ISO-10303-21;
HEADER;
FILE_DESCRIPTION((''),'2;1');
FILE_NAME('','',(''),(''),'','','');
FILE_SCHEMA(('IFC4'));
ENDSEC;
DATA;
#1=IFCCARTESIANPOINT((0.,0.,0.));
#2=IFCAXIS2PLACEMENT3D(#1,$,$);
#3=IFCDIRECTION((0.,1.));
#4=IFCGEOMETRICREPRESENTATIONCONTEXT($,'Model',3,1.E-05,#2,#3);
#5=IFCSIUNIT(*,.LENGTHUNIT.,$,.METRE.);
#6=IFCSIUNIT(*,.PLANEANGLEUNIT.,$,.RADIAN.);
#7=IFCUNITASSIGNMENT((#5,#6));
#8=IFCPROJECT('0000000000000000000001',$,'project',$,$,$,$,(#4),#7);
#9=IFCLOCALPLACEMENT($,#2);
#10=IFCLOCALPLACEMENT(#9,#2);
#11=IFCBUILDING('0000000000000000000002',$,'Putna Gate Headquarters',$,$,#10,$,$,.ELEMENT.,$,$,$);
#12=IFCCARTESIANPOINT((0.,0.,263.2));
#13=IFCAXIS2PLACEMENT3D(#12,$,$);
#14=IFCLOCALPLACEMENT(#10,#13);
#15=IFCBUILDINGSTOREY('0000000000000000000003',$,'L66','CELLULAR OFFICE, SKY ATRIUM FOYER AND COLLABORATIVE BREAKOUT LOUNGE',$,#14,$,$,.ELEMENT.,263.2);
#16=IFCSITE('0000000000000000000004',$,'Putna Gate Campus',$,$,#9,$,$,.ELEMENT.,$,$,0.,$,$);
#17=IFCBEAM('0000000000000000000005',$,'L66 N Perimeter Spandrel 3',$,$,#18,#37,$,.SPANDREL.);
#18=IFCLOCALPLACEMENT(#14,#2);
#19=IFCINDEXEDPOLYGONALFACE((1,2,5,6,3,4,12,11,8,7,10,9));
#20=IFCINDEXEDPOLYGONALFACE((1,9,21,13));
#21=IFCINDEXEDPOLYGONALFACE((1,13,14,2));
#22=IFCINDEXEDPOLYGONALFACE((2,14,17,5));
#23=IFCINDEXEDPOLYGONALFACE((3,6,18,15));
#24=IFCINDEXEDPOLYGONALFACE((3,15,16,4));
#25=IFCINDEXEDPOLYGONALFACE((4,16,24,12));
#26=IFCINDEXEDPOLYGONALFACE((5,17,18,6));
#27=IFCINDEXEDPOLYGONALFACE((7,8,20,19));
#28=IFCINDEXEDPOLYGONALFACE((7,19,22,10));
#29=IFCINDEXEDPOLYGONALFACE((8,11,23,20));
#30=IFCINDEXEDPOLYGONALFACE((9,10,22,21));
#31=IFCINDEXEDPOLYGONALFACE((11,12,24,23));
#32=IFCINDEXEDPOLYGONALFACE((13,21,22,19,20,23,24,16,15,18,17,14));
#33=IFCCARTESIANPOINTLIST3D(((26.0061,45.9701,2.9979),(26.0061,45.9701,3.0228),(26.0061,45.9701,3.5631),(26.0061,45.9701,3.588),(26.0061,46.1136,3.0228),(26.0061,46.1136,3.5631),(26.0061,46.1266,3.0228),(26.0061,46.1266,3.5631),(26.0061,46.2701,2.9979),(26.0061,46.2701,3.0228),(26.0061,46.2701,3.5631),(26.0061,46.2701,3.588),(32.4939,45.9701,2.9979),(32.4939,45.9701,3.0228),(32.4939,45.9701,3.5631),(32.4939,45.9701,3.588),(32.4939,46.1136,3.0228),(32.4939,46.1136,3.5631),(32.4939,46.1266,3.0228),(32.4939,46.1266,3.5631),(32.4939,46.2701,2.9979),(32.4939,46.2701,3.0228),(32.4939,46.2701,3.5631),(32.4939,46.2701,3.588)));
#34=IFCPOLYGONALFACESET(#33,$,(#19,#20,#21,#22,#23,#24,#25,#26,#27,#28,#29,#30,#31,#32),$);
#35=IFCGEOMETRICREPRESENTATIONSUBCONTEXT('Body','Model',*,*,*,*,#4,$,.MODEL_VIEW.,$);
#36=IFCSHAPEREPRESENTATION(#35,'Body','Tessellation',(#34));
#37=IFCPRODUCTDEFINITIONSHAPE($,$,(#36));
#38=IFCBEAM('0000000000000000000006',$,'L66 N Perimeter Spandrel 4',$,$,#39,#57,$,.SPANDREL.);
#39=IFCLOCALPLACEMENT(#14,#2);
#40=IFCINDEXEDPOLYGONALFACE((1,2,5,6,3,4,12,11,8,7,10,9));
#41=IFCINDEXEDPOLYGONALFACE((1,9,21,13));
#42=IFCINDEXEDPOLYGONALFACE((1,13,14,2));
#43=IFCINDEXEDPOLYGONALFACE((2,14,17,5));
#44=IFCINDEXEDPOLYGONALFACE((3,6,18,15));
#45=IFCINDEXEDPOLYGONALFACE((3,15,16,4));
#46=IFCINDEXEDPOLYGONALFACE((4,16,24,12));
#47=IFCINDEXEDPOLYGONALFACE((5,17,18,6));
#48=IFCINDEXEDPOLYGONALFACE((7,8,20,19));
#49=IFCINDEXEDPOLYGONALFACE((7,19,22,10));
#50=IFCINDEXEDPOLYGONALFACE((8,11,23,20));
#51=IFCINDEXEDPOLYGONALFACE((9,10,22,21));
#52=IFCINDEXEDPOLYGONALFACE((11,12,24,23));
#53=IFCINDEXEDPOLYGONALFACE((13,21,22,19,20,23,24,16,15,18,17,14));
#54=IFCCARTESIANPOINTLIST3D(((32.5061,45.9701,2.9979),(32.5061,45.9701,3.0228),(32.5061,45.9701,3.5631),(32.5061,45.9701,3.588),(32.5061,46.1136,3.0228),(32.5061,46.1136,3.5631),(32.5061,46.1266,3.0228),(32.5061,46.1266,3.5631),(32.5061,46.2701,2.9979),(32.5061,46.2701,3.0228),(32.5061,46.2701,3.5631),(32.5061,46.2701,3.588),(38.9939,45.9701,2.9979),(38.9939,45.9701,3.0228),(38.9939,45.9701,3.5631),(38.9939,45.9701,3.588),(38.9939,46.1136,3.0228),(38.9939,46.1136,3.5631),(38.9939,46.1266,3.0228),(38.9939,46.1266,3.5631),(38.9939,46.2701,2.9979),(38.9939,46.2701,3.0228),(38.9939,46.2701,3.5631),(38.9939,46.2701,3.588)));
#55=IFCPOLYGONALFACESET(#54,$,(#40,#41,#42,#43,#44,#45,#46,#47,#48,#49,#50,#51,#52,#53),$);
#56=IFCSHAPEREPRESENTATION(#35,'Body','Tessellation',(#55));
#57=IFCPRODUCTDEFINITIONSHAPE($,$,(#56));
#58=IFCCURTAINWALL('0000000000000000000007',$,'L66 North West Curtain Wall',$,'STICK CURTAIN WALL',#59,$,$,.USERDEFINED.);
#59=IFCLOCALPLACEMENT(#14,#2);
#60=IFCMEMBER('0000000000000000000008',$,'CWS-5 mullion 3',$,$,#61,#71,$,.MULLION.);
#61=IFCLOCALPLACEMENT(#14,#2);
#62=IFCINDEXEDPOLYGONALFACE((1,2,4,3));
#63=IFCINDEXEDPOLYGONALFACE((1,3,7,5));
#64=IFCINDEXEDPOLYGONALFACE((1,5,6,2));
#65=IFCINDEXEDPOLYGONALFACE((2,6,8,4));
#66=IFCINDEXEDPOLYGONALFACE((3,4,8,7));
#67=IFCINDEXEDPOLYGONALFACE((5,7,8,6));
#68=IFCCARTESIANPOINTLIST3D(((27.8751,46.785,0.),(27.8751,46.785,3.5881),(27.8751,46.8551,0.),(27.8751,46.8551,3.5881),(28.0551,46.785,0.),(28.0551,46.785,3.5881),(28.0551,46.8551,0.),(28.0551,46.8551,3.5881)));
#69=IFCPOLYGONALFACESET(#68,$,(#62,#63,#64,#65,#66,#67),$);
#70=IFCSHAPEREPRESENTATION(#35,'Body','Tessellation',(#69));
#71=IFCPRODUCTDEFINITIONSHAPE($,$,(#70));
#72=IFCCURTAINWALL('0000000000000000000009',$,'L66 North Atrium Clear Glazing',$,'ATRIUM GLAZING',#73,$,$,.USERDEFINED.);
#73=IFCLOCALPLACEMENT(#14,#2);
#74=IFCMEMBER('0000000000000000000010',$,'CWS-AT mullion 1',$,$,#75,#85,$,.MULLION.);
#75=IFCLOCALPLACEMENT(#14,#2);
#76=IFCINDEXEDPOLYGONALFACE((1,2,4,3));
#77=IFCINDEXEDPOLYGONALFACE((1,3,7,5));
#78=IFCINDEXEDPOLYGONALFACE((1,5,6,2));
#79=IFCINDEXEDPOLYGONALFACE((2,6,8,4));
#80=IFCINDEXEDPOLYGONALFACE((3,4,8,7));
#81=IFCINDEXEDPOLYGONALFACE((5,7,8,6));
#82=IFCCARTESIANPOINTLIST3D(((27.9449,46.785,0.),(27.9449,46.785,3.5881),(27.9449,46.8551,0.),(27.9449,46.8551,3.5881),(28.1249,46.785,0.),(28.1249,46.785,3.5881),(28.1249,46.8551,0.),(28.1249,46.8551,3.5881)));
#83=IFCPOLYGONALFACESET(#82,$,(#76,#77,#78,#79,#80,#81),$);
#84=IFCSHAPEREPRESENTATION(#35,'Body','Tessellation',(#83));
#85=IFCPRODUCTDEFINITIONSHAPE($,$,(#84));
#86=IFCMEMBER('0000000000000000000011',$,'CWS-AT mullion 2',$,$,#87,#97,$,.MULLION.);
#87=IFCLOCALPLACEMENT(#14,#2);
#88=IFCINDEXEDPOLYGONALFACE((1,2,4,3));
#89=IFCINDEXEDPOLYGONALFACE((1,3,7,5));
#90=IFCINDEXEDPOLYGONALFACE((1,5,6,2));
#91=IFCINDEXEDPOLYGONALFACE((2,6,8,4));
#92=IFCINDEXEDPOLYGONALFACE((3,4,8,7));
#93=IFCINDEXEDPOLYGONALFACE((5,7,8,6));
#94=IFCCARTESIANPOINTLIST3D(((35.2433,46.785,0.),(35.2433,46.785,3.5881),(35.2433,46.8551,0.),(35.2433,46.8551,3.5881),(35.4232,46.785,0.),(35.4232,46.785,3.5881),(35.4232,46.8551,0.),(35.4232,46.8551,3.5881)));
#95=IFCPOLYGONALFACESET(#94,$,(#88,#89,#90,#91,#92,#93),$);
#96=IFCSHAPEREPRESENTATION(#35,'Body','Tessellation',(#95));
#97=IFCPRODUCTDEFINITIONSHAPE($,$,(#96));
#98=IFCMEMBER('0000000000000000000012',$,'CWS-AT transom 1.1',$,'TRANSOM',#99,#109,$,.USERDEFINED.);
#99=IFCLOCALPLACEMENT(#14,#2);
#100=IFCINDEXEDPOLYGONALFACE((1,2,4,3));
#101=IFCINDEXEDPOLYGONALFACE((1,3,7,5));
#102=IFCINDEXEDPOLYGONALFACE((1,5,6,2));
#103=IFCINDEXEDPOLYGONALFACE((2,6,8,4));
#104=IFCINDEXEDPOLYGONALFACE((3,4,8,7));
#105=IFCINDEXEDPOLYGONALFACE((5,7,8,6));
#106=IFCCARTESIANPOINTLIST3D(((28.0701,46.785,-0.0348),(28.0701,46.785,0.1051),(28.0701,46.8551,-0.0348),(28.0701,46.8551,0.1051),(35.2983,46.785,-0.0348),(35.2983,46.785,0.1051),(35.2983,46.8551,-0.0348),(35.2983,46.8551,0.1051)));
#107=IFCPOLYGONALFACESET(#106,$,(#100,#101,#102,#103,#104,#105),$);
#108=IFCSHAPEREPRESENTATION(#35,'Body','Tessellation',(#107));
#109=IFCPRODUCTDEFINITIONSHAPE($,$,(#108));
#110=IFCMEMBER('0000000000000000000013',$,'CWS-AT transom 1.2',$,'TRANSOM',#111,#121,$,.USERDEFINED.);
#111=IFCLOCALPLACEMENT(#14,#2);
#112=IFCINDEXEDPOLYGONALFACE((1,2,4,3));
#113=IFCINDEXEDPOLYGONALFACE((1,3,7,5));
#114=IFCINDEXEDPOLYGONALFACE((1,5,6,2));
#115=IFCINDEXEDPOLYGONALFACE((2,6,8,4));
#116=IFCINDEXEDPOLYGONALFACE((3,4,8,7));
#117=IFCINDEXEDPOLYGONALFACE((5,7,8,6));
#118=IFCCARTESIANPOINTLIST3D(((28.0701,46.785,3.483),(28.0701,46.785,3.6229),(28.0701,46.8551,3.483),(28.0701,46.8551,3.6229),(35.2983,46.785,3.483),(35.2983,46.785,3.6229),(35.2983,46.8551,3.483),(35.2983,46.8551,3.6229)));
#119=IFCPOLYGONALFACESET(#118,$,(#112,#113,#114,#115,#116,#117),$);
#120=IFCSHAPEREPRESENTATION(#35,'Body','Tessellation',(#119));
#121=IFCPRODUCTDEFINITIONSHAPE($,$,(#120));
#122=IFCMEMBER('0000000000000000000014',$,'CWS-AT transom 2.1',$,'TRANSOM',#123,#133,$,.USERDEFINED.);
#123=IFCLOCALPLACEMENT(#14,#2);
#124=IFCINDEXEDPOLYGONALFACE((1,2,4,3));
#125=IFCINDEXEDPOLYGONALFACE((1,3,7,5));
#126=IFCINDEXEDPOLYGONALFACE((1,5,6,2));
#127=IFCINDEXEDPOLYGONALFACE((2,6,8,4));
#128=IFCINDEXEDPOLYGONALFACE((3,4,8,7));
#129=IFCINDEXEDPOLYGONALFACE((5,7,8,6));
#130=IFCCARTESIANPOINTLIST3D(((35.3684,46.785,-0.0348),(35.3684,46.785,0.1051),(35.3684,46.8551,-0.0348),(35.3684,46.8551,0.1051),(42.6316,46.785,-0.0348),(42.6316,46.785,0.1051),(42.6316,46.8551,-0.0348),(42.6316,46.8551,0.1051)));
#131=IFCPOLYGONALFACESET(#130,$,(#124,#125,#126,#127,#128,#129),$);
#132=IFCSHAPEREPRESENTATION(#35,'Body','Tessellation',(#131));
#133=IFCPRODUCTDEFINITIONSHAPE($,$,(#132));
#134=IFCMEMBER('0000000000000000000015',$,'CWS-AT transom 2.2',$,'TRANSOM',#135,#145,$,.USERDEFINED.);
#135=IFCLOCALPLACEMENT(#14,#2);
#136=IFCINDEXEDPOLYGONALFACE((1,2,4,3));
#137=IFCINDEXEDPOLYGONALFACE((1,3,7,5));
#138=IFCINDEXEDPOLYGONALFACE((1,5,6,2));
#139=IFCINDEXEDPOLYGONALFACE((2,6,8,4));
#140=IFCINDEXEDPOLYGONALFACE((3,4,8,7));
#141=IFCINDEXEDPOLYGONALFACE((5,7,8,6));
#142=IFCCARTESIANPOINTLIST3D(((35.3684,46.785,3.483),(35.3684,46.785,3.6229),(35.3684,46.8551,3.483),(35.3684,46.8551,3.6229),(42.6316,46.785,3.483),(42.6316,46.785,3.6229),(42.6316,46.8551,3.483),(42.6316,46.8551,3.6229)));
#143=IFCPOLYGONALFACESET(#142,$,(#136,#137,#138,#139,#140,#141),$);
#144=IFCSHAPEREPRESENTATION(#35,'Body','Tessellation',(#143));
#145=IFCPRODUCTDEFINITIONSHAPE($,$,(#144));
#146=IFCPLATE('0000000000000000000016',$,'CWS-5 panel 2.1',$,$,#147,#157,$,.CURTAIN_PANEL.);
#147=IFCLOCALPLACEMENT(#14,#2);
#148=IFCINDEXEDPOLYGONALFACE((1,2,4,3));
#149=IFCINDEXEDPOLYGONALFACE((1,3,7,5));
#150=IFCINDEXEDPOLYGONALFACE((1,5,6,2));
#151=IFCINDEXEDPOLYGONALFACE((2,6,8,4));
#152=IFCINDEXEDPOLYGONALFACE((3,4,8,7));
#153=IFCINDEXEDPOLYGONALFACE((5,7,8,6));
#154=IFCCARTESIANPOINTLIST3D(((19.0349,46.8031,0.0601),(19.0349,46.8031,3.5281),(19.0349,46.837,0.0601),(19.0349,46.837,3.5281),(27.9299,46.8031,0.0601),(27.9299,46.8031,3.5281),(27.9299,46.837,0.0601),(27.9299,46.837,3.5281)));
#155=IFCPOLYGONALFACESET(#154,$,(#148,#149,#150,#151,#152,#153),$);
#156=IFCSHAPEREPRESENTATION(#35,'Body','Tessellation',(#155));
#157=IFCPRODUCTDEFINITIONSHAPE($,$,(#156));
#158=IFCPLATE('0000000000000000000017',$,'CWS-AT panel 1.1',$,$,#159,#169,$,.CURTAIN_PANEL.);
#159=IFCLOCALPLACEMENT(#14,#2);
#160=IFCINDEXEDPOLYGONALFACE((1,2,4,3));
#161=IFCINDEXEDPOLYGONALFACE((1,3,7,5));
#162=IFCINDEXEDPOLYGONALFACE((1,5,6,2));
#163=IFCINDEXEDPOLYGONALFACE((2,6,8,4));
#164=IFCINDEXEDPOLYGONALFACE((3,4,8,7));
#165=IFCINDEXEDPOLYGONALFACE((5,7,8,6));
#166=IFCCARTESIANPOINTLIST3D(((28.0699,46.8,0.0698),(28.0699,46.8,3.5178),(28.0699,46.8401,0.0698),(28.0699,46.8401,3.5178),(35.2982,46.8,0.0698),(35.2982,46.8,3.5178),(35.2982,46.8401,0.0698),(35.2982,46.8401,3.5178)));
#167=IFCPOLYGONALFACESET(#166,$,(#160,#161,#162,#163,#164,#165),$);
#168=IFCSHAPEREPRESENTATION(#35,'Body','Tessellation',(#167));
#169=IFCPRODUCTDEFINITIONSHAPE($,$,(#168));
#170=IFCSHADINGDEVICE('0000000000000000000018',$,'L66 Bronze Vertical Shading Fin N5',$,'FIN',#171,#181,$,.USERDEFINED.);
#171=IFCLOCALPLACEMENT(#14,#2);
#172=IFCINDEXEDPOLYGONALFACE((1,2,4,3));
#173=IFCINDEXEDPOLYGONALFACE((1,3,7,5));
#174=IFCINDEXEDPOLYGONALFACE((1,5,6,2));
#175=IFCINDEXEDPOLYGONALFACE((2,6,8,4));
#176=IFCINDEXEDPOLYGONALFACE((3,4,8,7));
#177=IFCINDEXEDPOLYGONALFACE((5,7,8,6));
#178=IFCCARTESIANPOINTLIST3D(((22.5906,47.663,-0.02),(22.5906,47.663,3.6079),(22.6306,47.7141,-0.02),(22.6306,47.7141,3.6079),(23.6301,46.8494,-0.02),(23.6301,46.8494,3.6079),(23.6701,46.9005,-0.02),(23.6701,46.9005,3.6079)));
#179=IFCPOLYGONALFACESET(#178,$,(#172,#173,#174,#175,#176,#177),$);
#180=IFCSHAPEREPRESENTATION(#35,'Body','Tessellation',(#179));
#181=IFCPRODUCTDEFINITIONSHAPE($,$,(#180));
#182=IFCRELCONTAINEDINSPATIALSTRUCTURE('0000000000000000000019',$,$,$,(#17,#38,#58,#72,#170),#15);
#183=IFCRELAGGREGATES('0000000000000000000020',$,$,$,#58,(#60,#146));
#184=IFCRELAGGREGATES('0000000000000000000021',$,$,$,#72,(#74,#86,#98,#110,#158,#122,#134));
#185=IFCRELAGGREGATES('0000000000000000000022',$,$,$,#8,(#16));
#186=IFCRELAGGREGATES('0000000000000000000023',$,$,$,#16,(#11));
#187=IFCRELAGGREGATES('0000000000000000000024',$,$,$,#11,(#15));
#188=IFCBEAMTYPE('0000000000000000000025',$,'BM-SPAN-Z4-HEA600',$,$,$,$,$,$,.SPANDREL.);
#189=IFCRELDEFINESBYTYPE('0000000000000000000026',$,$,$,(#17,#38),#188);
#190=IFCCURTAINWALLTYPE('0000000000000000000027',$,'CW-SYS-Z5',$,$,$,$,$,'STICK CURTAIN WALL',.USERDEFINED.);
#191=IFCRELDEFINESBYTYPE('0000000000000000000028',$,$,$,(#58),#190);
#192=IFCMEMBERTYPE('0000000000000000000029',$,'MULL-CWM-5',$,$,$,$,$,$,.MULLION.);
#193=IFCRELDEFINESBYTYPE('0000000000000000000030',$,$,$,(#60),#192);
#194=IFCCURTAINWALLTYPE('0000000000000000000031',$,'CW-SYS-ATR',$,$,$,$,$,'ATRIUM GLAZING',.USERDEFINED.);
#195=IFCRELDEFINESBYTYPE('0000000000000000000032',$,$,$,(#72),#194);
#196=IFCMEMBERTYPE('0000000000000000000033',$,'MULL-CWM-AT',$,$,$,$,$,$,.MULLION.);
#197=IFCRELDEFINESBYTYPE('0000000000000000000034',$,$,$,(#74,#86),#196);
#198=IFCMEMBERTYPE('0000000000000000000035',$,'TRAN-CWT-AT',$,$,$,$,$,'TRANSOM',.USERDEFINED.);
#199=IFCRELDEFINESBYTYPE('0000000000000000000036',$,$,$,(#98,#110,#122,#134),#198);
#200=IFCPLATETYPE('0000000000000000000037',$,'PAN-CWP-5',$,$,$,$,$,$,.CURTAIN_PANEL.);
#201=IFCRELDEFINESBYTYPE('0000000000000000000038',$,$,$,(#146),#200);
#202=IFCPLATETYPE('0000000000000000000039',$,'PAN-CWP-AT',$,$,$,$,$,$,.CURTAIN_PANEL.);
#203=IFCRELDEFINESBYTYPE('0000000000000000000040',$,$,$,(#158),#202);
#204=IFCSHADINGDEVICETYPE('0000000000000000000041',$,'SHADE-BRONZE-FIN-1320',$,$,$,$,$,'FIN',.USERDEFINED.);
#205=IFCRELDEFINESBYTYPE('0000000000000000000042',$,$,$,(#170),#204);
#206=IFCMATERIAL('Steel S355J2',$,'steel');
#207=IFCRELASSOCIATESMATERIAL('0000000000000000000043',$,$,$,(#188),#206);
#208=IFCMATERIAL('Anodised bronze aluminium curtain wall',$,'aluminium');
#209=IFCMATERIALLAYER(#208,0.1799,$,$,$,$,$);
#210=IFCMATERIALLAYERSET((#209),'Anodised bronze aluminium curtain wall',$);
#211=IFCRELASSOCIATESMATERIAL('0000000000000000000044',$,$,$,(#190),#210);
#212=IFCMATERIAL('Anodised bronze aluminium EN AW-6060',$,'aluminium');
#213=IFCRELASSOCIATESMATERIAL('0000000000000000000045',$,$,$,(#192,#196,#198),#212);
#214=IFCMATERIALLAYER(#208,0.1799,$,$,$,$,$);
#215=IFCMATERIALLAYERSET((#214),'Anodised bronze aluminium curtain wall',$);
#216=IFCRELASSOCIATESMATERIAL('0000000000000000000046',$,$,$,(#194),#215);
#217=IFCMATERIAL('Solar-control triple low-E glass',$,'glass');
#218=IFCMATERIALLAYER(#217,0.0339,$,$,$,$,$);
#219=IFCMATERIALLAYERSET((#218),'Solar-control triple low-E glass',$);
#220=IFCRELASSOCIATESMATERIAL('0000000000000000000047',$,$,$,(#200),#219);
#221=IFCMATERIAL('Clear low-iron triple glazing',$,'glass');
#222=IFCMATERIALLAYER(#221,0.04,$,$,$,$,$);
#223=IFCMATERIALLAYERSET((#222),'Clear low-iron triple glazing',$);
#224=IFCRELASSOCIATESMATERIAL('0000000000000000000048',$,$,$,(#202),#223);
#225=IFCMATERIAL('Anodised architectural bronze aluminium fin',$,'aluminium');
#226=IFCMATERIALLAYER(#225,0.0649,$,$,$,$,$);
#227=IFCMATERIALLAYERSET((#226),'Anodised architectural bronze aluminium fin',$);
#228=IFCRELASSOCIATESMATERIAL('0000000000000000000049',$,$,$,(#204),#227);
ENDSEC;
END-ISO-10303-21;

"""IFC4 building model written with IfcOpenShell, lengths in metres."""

from ifc_helpers import new_model, si_unit, direction, frame, origin, origin_2d, place, context, subcontext, project, spatial, rectangle, i_section, extrude, material, layer, layer_set, material_profile, profile_set, type_object, element, aggregate, save


model = new_model("IFC4")

# Units and contexts
model_context = context("Model", 3, precision=1e-05, world=origin(), true_north=direction((0.0, 1.0)))
body_context = subcontext(model_context, "Body", "Model", "MODEL_VIEW")
ifc_project = project(units=[si_unit("LENGTHUNIT", "METRE"), si_unit("PLANEANGLEUNIT", "RADIAN")], contexts=[model_context])

# Site, building, storey
site_placement = place(None, origin())
site = spatial("IfcSite", under=ifc_project, at=site_placement, Name="Putna Gate Campus", CompositionType="ELEMENT", RefElevation=0.0)
building_placement = place(site_placement, origin())
building = spatial("IfcBuilding", under=site, at=building_placement, Name="Putna Gate Headquarters", CompositionType="ELEMENT")
storey_placement = place(building_placement, frame((0.0, 0.0, 263.2)))
storey = spatial("IfcBuildingStorey", under=building, at=storey_placement, Name="L66", Description="CELLULAR OFFICE, SKY ATRIUM FOYER AND COLLABORATIVE BREAKOUT LOUNGE", CompositionType="ELEMENT", Elevation=263.2)

# Beams
ifc_material_1 = material(Name="Steel S355J2", Category="steel")
ifc_material_profile_1 = material_profile(ifc_material_1, i_section(OverallWidth=0.3, OverallDepth=0.5901, WebThickness=0.0129, FlangeThickness=0.0249, at=origin_2d()), Name="Steel S355J2")
ifc_profile_set_1 = profile_set([ifc_material_profile_1], Name="Steel S355J2")
beam_type_1 = type_object("IfcBeamType", Name="BM-SPAN-Z4-HEA600", PredefinedType="SPANDREL", material=ifc_profile_set_1)
for number, where, z_axis, x_axis, name in (
    (1, (26.0061, 46.1201, 3.293), (1.0, 0.0, 0.0), (0.0, 1.0, 0.0), "L66 N Perimeter Spandrel 3"),
    (2, (32.5061, 46.1201, 3.293), (1.0, 0.0, 0.0), (0.0, 1.0, 0.0), "L66 N Perimeter Spandrel 4"),
):
    element("IfcBeam", number, at=place(storey_placement, frame(where, z_axis=z_axis, x_axis=x_axis)), inside=storey, type_object=beam_type_1, Name=name, PredefinedType="SPANDREL", context=body_context, shape_type="SweptSolid", body=[
        extrude(i_section(OverallWidth=0.3, OverallDepth=0.5901, WebThickness=0.0129, FlangeThickness=0.0249, at=origin_2d()), origin(), (0.0, 0.0, 1.0), 6.4878),
    ])

# Curtain wall, member
ifc_material_2 = material(Name="Anodised bronze aluminium curtain wall", Category="aluminium")
ifc_layer_1 = layer(ifc_material_2, 0.1799)
ifc_layer_set_1 = layer_set([ifc_layer_1], Name="Anodised bronze aluminium curtain wall")
curtain_wall_type_1 = type_object("IfcCurtainWallType", Name="CW-SYS-Z5", ElementType="STICK CURTAIN WALL", PredefinedType="USERDEFINED", material=ifc_layer_set_1)
curtain_wall_1_placement = place(storey_placement, origin())
curtain_wall_1 = element("IfcCurtainWall", 3, at=curtain_wall_1_placement, inside=storey, type_object=curtain_wall_type_1, Name="L66 North West Curtain Wall", ObjectType="STICK CURTAIN WALL", PredefinedType="USERDEFINED")
ifc_material_3 = material(Name="Anodised bronze aluminium EN AW-6060", Category="aluminium")
ifc_material_profile_2 = material_profile(ifc_material_3, rectangle(XDim=0.0701, YDim=0.1799, at=origin_2d()), Name="Anodised bronze aluminium EN AW-6060")
ifc_profile_set_2 = profile_set([ifc_material_profile_2], Name="Anodised bronze aluminium EN AW-6060")
member_type_1 = type_object("IfcMemberType", Name="MULL-CWM-5", PredefinedType="MULLION", material=ifc_profile_set_2)
member_1_placement = place(storey_placement, frame((27.9651, 46.8201, 0.0), z_axis=(0.0, 0.0, 1.0), x_axis=(0.0, 1.0, 0.0)))
member_1 = element("IfcMember", 4, at=member_1_placement, type_object=member_type_1, Name="CWS-5 mullion 3", PredefinedType="MULLION", context=body_context, shape_type="SweptSolid", body=[
    extrude(rectangle(XDim=0.0701, YDim=0.1799, at=origin_2d()), origin(), (0.0, 0.0, 1.0), 3.5881),
])

# Curtain wall, members
ifc_layer_2 = layer(ifc_material_2, 0.1799)
ifc_layer_set_2 = layer_set([ifc_layer_2], Name="Anodised bronze aluminium curtain wall")
curtain_wall_type_2 = type_object("IfcCurtainWallType", Name="CW-SYS-ATR", ElementType="ATRIUM GLAZING", PredefinedType="USERDEFINED", material=ifc_layer_set_2)
curtain_wall_2_placement = place(storey_placement, origin())
curtain_wall_2 = element("IfcCurtainWall", 5, at=curtain_wall_2_placement, inside=storey, type_object=curtain_wall_type_2, Name="L66 North Atrium Clear Glazing", ObjectType="ATRIUM GLAZING", PredefinedType="USERDEFINED")
ifc_material_profile_3 = material_profile(ifc_material_3, rectangle(XDim=0.0701, YDim=0.1799, at=origin_2d()), Name="Anodised bronze aluminium EN AW-6060")
ifc_profile_set_3 = profile_set([ifc_material_profile_3], Name="Anodised bronze aluminium EN AW-6060")
member_type_2 = type_object("IfcMemberType", Name="MULL-CWM-AT", PredefinedType="MULLION", material=ifc_profile_set_3)
member_2_placement = place(storey_placement, frame((28.0349, 46.8201, 0.0), z_axis=(0.0, 0.0, 1.0), x_axis=(0.0, 1.0, 0.0)))
member_2 = element("IfcMember", 6, at=member_2_placement, type_object=member_type_2, Name="CWS-AT mullion 1", PredefinedType="MULLION", context=body_context, shape_type="SweptSolid", body=[
    extrude(rectangle(XDim=0.0701, YDim=0.1799, at=origin_2d()), origin(), (0.0, 0.0, 1.0), 3.5881),
])
member_3_placement = place(storey_placement, frame((35.3333, 46.8201, 0.0), z_axis=(0.0, 0.0, 1.0), x_axis=(0.0, 1.0, 0.0)))
member_3 = element("IfcMember", 7, at=member_3_placement, type_object=member_type_2, Name="CWS-AT mullion 2", PredefinedType="MULLION", context=body_context, shape_type="SweptSolid", body=[
    extrude(rectangle(XDim=0.0701, YDim=0.1799, at=origin_2d()), origin(), (0.0, 0.0, 1.0), 3.5881),
])
ifc_material_profile_4 = material_profile(ifc_material_3, rectangle(XDim=0.0701, YDim=0.1399, at=origin_2d()), Name="Anodised bronze aluminium EN AW-6060")
ifc_profile_set_4 = profile_set([ifc_material_profile_4], Name="Anodised bronze aluminium EN AW-6060")
member_type_3 = type_object("IfcMemberType", Name="TRAN-CWT-AT", ElementType="TRANSOM", PredefinedType="USERDEFINED", material=ifc_profile_set_4)
member_4_placement = place(storey_placement, frame((28.0701, 46.8201, 0.0352), z_axis=(1.0, 0.0, 0.0), x_axis=(0.0, 1.0, 0.0)))
member_4 = element("IfcMember", 8, at=member_4_placement, type_object=member_type_3, Name="CWS-AT transom 1.1", ObjectType="TRANSOM", PredefinedType="USERDEFINED", context=body_context, shape_type="SweptSolid", body=[
    extrude(rectangle(XDim=0.0701, YDim=0.1399, at=origin_2d()), origin(), (0.0, 0.0, 1.0), 7.2283),
])
member_5_placement = place(storey_placement, frame((28.0701, 46.8201, 3.553), z_axis=(1.0, 0.0, 0.0), x_axis=(0.0, 1.0, 0.0)))
member_5 = element("IfcMember", 9, at=member_5_placement, type_object=member_type_3, Name="CWS-AT transom 1.2", ObjectType="TRANSOM", PredefinedType="USERDEFINED", context=body_context, shape_type="SweptSolid", body=[
    extrude(rectangle(XDim=0.0701, YDim=0.1399, at=origin_2d()), origin(), (0.0, 0.0, 1.0), 7.2283),
])
member_6_placement = place(storey_placement, frame((35.3684, 46.8201, 0.0352), z_axis=(1.0, 0.0, 0.0), x_axis=(0.0, 1.0, 0.0)))
member_6 = element("IfcMember", 10, at=member_6_placement, type_object=member_type_3, Name="CWS-AT transom 2.1", ObjectType="TRANSOM", PredefinedType="USERDEFINED", context=body_context, shape_type="SweptSolid", body=[
    extrude(rectangle(XDim=0.0701, YDim=0.1399, at=origin_2d()), origin(), (0.0, 0.0, 1.0), 7.2632),
])
member_7_placement = place(storey_placement, frame((35.3684, 46.8201, 3.553), z_axis=(1.0, 0.0, 0.0), x_axis=(0.0, 1.0, 0.0)))
member_7 = element("IfcMember", 11, at=member_7_placement, type_object=member_type_3, Name="CWS-AT transom 2.2", ObjectType="TRANSOM", PredefinedType="USERDEFINED", context=body_context, shape_type="SweptSolid", body=[
    extrude(rectangle(XDim=0.0701, YDim=0.1399, at=origin_2d()), origin(), (0.0, 0.0, 1.0), 7.2632),
])

# Plates
ifc_material_4 = material(Name="Solar-control triple low-E glass", Category="glass")
ifc_layer_3 = layer(ifc_material_4, 0.0339)
ifc_layer_set_3 = layer_set([ifc_layer_3], Name="Solar-control triple low-E glass")
plate_type_1 = type_object("IfcPlateType", Name="PAN-CWP-5", PredefinedType="CURTAIN_PANEL", material=ifc_layer_set_3)
plate_1_placement = place(storey_placement, frame((23.4824, 46.8201, 0.0601), z_axis=(0.0, 0.0, 1.0), x_axis=(1.0, 0.0, 0.0)))
plate_1 = element("IfcPlate", 12, at=plate_1_placement, type_object=plate_type_1, Name="CWS-5 panel 2.1", PredefinedType="CURTAIN_PANEL", context=body_context, shape_type="SweptSolid", body=[
    extrude(rectangle(XDim=8.895, YDim=0.0339, at=origin_2d()), origin(), (0.0, 0.0, 1.0), 3.468),
])
aggregate(curtain_wall_1, [member_1, plate_1])
ifc_material_5 = material(Name="Clear low-iron triple glazing", Category="glass")
ifc_layer_4 = layer(ifc_material_5, 0.04)
ifc_layer_set_4 = layer_set([ifc_layer_4], Name="Clear low-iron triple glazing")
plate_type_2 = type_object("IfcPlateType", Name="PAN-CWP-AT", PredefinedType="CURTAIN_PANEL", material=ifc_layer_set_4)
plate_2_placement = place(storey_placement, frame((31.6841, 46.8201, 0.0698), z_axis=(0.0, 0.0, 1.0), x_axis=(1.0, 0.0, 0.0)))
plate_2 = element("IfcPlate", 13, at=plate_2_placement, type_object=plate_type_2, Name="CWS-AT panel 1.1", PredefinedType="CURTAIN_PANEL", context=body_context, shape_type="SweptSolid", body=[
    extrude(rectangle(XDim=7.2283, YDim=0.04, at=origin_2d()), origin(), (0.0, 0.0, 1.0), 3.448),
])
aggregate(curtain_wall_2, [member_2, member_3, member_4, member_5, plate_2, member_6, member_7])

# Shading device
ifc_material_6 = material(Name="Anodised architectural bronze aluminium fin", Category="aluminium")
ifc_layer_5 = layer(ifc_material_6, 0.0649)
ifc_layer_set_5 = layer_set([ifc_layer_5], Name="Anodised architectural bronze aluminium fin")
shading_device_type = type_object("IfcShadingDeviceType", Name="SHADE-BRONZE-FIN-1320", ElementType="FIN", PredefinedType="USERDEFINED", material=ifc_layer_set_5)
for number, where, z_axis, x_axis, name in (
    (14, (23.1304, 47.2817, -0.02), (0.0, 0.0, 1.0), (-0.787473, 0.616349, 0.0), "L66 Bronze Vertical Shading Fin N5"),
):
    element("IfcShadingDevice", number, at=place(storey_placement, frame(where, z_axis=z_axis, x_axis=x_axis)), inside=storey, type_object=shading_device_type, Name=name, ObjectType="FIN", PredefinedType="USERDEFINED", context=body_context, shape_type="SweptSolid", body=[
        extrude(rectangle(XDim=1.3201, YDim=0.0649, at=origin_2d()), origin(), (0.0, 0.0, 1.0), 3.6279),
    ])

save(model, "model.ifc")
